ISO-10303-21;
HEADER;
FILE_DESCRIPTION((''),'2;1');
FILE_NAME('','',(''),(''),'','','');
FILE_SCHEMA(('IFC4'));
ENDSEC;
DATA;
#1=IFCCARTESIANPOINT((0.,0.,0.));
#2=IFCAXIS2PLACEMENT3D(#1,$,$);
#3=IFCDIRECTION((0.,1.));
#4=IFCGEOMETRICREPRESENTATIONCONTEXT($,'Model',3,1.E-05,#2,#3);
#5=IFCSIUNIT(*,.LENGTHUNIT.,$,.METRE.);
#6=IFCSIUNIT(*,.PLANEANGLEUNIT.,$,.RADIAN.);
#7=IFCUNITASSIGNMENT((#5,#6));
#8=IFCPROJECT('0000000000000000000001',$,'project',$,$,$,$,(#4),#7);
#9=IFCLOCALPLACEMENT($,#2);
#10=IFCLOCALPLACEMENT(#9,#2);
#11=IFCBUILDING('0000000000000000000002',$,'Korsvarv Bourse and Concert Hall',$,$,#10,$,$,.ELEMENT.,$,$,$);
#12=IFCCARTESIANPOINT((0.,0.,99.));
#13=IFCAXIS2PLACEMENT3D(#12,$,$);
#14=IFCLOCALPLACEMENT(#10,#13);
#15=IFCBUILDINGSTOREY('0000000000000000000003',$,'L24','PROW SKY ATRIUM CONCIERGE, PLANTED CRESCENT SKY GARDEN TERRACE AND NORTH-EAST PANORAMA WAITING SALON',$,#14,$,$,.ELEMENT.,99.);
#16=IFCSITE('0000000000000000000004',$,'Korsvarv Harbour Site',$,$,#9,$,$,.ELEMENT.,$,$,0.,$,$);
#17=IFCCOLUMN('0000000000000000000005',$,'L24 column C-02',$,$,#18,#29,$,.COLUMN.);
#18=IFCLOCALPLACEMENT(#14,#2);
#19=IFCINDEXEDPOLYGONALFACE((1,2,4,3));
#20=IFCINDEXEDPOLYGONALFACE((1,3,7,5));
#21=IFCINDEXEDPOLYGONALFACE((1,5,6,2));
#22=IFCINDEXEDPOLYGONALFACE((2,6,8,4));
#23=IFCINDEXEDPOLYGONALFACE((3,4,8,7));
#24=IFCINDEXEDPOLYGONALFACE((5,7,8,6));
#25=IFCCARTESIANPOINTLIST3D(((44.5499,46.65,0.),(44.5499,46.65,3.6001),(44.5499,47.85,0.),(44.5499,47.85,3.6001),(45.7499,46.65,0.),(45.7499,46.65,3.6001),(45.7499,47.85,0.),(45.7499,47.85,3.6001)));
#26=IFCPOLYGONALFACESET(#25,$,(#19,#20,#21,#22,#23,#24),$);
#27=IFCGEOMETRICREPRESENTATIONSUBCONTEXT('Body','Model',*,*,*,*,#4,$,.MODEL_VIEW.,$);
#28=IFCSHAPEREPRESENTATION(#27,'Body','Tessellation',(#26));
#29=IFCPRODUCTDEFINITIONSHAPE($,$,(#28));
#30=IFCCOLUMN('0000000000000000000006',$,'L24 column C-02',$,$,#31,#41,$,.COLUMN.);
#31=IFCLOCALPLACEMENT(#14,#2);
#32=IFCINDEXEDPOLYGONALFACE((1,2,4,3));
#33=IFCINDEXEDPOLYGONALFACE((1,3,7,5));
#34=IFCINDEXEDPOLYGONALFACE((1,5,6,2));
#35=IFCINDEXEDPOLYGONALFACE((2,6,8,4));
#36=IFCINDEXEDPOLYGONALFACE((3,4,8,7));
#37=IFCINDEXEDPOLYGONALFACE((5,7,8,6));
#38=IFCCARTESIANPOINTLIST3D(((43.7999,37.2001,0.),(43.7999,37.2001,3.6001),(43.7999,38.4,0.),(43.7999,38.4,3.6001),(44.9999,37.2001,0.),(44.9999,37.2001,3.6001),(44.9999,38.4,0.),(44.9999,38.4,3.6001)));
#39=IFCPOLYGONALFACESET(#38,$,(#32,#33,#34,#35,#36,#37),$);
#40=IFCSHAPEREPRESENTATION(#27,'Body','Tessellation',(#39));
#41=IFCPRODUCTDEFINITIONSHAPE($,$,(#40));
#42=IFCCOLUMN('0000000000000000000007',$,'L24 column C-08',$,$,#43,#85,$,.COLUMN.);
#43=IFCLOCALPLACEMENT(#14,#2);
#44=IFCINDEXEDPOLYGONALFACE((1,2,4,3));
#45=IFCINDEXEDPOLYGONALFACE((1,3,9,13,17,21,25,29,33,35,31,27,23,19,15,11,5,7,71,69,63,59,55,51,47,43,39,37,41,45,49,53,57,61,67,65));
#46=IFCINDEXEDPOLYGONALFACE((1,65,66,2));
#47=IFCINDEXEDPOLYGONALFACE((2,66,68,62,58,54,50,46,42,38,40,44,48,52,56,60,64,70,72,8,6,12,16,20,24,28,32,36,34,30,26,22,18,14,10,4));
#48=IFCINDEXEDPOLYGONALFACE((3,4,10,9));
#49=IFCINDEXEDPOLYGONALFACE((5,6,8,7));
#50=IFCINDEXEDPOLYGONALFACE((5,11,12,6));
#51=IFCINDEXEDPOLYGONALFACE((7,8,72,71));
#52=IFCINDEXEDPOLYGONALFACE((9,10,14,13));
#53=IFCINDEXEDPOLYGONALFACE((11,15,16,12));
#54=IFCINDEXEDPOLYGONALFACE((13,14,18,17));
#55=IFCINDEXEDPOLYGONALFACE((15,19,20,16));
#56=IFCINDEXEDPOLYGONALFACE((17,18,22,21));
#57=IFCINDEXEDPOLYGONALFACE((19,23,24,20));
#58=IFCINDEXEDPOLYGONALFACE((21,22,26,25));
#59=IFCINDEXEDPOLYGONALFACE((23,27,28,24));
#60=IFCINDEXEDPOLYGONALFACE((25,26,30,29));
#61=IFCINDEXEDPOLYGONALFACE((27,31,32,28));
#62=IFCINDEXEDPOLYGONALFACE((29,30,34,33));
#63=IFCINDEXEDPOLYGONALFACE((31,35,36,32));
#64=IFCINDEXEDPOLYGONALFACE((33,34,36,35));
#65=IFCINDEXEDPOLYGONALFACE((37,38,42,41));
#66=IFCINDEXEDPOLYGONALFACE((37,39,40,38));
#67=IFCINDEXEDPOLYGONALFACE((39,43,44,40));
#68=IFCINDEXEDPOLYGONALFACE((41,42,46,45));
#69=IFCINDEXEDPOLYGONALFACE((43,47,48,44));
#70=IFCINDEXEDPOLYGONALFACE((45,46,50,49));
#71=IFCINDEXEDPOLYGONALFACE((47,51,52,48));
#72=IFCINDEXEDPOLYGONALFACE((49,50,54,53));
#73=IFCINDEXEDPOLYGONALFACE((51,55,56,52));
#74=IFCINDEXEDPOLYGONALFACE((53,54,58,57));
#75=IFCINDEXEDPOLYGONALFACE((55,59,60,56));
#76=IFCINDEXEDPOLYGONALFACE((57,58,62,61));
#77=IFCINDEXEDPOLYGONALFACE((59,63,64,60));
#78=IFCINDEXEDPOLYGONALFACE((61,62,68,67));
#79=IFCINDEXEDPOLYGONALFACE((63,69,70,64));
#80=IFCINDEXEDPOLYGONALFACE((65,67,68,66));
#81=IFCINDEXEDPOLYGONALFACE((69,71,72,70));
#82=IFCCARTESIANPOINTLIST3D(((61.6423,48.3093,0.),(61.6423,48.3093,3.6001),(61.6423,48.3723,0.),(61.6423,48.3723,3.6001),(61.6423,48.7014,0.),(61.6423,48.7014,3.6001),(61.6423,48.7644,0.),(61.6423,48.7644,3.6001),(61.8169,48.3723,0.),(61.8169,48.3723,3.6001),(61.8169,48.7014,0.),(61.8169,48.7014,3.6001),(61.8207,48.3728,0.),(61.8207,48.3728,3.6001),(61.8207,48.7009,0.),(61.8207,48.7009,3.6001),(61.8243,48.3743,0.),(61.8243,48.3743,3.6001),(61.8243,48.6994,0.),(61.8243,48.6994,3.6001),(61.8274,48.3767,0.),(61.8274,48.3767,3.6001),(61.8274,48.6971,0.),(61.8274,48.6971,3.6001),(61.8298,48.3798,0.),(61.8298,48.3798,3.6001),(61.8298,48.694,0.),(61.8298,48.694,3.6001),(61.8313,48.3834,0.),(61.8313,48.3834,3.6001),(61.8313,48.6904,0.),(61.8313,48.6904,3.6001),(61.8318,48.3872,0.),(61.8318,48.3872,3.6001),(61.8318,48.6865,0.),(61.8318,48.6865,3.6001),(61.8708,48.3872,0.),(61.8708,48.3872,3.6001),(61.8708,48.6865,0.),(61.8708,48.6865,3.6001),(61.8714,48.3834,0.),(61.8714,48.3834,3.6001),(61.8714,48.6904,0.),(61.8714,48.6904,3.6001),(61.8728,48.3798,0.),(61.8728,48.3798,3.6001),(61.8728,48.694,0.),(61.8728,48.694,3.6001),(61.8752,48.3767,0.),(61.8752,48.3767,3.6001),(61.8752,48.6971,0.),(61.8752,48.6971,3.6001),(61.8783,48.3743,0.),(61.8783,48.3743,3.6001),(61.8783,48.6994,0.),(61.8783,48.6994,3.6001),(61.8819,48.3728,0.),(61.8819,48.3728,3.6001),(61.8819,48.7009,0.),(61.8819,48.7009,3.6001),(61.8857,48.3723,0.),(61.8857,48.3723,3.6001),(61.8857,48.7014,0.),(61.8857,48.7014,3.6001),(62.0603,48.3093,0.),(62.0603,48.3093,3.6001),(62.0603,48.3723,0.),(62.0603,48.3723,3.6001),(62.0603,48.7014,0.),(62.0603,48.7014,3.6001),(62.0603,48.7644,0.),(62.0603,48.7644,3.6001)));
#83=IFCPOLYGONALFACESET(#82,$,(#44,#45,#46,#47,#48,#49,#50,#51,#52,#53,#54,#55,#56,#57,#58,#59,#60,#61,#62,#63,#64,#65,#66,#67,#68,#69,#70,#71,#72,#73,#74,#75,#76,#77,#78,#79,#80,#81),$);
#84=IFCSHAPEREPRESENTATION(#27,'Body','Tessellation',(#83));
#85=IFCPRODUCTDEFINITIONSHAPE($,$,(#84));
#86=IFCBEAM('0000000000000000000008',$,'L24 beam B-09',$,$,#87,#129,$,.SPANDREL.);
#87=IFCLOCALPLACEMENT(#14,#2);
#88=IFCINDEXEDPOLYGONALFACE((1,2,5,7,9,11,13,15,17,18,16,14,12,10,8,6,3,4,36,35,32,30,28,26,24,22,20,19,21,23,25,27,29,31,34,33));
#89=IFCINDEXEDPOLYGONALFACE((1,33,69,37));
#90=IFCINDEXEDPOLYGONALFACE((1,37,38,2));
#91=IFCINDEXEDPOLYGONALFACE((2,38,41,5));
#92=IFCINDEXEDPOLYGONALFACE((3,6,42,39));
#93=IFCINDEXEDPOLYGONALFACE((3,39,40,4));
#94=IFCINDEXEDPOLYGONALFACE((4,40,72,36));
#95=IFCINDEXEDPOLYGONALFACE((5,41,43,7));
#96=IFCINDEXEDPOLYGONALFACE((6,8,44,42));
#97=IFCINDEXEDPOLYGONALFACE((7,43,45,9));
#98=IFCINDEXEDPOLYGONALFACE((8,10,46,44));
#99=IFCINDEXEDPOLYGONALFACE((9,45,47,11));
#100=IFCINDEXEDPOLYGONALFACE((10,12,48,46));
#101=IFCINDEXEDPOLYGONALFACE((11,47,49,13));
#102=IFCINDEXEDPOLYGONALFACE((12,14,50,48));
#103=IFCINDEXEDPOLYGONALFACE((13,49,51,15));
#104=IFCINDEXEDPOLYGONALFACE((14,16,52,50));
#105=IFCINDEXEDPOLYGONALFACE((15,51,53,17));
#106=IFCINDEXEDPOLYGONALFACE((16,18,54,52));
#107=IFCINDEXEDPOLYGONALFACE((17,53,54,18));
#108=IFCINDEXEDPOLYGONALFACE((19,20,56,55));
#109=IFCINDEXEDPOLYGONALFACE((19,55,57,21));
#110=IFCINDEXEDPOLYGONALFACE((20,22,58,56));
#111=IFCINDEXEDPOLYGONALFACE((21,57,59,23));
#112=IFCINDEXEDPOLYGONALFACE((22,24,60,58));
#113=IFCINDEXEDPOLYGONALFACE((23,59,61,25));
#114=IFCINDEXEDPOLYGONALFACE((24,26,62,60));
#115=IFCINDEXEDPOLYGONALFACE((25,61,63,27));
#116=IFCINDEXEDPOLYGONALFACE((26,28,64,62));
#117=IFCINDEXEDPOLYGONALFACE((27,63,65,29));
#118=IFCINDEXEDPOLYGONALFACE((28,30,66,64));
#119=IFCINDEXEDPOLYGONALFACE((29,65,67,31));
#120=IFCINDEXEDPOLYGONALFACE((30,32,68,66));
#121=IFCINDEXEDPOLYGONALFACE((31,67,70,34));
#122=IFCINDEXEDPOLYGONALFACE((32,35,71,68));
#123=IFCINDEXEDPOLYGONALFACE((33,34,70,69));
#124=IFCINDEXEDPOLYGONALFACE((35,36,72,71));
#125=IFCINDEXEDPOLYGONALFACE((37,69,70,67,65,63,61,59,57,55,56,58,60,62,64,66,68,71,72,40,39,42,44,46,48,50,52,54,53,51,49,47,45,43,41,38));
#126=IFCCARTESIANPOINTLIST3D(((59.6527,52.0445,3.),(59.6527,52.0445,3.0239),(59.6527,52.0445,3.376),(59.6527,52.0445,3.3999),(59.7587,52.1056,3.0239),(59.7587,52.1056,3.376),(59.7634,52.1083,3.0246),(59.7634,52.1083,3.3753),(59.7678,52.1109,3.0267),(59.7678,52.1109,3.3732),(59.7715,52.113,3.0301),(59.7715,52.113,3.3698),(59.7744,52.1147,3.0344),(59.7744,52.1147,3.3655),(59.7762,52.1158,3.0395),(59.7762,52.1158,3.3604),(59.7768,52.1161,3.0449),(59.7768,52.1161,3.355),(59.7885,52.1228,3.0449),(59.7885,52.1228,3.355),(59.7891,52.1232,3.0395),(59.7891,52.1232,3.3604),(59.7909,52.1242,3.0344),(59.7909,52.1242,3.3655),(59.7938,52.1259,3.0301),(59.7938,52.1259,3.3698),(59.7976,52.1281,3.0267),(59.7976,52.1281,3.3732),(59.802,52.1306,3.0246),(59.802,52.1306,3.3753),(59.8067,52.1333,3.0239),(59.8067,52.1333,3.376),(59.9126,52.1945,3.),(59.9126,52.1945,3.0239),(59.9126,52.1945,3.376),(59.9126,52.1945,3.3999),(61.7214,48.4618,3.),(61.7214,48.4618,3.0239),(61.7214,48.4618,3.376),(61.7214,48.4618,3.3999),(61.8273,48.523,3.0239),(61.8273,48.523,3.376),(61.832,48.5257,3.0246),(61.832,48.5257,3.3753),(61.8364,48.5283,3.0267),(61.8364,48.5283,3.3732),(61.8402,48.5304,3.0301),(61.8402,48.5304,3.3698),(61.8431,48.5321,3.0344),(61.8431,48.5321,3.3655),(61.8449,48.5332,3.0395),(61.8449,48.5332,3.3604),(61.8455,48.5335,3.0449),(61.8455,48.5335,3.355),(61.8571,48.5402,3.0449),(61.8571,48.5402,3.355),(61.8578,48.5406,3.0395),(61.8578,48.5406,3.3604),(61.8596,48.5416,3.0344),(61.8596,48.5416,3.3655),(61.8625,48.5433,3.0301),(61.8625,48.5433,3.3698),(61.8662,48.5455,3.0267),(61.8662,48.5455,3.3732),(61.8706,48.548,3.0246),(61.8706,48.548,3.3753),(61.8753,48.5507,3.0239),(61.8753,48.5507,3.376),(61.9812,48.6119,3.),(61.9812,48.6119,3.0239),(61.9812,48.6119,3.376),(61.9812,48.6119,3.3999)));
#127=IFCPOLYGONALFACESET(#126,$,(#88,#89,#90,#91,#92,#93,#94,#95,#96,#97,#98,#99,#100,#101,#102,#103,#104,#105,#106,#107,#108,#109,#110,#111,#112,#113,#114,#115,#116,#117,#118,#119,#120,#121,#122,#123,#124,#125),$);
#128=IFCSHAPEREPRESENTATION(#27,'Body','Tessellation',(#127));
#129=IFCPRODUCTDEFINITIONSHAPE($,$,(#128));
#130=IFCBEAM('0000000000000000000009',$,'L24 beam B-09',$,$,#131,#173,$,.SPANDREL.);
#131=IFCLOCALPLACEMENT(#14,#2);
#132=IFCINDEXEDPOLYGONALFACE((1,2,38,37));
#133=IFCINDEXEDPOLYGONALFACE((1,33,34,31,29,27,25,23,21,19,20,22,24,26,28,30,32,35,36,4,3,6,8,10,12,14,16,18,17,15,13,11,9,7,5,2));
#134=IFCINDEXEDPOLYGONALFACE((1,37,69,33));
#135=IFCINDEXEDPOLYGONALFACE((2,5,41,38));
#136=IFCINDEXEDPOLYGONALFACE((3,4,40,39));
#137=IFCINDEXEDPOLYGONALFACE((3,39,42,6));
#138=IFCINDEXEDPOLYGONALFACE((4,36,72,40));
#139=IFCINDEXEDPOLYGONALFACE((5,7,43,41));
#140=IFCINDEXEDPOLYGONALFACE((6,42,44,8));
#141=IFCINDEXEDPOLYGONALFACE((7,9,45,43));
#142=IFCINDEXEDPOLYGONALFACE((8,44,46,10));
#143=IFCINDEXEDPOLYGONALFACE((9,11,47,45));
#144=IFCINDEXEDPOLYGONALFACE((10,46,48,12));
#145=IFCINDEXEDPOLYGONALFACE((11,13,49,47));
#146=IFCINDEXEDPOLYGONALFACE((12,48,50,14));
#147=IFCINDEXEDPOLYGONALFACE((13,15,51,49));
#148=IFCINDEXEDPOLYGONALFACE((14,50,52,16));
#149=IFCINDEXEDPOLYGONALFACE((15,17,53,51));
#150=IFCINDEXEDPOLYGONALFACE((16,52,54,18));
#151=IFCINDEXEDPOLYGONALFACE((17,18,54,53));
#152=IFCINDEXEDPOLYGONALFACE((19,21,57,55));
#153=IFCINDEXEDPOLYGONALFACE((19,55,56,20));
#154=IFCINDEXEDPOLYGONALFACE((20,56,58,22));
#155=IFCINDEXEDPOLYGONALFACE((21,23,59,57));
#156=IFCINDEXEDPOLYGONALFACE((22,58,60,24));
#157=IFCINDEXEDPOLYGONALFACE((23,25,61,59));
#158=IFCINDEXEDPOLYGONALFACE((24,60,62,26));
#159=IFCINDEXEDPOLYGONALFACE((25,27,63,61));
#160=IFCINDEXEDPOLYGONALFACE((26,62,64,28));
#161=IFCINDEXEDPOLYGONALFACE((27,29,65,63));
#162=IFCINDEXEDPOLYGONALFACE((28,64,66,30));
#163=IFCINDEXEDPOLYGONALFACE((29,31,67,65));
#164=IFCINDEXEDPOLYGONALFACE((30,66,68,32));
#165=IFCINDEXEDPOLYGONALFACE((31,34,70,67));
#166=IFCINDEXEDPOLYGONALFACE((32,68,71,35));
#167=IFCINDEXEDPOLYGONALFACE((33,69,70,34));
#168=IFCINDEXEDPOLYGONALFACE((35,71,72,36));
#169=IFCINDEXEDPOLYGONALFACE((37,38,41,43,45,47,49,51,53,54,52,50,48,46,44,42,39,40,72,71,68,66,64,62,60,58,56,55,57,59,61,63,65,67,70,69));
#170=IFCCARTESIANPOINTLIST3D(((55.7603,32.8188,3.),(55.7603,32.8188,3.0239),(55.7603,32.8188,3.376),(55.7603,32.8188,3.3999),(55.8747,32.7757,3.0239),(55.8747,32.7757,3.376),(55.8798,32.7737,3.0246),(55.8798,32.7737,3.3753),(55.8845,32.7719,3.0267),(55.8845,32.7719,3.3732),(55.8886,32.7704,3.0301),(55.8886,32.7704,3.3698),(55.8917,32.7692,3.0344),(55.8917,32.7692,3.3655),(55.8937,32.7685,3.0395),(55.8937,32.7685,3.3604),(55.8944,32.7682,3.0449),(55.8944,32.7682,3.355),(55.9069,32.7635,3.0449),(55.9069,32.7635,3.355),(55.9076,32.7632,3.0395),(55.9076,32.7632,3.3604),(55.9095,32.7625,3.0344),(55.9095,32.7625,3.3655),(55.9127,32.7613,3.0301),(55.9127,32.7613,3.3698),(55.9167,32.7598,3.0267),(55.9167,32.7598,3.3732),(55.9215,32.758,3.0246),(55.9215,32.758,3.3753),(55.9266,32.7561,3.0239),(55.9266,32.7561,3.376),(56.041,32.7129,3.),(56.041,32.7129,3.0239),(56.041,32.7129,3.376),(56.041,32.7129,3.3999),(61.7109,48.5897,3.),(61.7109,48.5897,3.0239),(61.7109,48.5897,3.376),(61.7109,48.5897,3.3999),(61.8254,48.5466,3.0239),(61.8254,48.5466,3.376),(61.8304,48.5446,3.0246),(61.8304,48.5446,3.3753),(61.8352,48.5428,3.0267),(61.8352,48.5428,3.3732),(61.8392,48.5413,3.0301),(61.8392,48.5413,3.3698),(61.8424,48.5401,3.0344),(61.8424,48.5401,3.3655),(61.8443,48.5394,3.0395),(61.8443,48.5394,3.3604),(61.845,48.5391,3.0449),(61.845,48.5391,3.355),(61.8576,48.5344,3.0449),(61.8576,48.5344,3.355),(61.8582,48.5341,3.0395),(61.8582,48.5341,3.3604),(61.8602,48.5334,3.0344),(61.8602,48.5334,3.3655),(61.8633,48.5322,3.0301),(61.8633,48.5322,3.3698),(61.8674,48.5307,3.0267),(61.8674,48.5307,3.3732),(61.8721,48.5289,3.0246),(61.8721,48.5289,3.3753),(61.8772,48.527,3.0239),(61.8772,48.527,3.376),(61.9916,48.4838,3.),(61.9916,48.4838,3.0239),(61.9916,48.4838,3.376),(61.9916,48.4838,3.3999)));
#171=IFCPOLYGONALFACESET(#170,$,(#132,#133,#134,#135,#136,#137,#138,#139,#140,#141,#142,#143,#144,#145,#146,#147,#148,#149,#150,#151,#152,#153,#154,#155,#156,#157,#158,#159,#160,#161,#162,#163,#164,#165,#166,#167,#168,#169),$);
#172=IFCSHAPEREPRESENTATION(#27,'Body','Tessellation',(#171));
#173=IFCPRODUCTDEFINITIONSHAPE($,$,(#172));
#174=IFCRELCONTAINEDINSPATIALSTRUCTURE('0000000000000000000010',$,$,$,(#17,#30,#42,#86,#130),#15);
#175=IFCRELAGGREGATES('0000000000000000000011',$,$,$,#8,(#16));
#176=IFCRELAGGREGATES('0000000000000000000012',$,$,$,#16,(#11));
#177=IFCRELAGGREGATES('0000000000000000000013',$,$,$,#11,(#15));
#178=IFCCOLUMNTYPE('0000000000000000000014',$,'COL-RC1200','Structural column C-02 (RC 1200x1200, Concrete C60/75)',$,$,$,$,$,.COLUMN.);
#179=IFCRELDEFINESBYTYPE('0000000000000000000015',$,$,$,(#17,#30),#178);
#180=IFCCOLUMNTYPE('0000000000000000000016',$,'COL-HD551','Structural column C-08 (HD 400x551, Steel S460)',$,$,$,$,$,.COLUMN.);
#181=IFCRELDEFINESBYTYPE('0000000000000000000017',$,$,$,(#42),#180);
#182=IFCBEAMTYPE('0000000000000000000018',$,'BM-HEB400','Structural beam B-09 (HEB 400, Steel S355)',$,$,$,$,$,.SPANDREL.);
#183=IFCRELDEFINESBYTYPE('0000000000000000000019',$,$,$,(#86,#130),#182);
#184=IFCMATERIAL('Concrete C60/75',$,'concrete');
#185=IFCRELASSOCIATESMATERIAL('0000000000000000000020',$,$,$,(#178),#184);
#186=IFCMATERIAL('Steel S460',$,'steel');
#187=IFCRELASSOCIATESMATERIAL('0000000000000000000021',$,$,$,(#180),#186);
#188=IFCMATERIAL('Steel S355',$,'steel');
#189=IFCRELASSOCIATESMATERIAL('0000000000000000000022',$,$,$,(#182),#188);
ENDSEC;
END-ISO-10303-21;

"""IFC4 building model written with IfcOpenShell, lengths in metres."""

from ifc_helpers import new_model, si_unit, direction, frame, origin, origin_2d, place, context, subcontext, project, spatial, rectangle, i_section, extrude, source, transform, mapped, material, material_profile, profile_set, type_object, element, save


model = new_model("IFC4")

# Units and contexts
model_context = context("Model", 3, precision=1e-05, world=origin(), true_north=direction((0.0, 1.0)))
body_context = subcontext(model_context, "Body", "Model", "MODEL_VIEW")
ifc_project = project(units=[si_unit("LENGTHUNIT", "METRE"), si_unit("PLANEANGLEUNIT", "RADIAN")], contexts=[model_context])

# Site, building, storey
site_placement = place(None, origin())
site = spatial("IfcSite", under=ifc_project, at=site_placement, Name="Korsvarv Harbour Site", CompositionType="ELEMENT", RefElevation=0.0)
building_placement = place(site_placement, origin())
building = spatial("IfcBuilding", under=site, at=building_placement, Name="Korsvarv Bourse and Concert Hall", CompositionType="ELEMENT")
storey_placement = place(building_placement, frame((0.0, 0.0, 99.0)))
storey = spatial("IfcBuildingStorey", under=building, at=storey_placement, Name="L24", Description="PROW SKY ATRIUM CONCIERGE, PLANTED CRESCENT SKY GARDEN TERRACE AND NORTH-EAST PANORAMA WAITING SALON", CompositionType="ELEMENT", Elevation=99.0)

# Columns
ifc_material_1 = material(Name="Concrete C60/75", Category="concrete")
ifc_material_profile_1 = material_profile(ifc_material_1, rectangle(XDim=1.2, YDim=1.2, at=origin_2d()), Name="RC 1200x1200")
ifc_profile_set_1 = profile_set([ifc_material_profile_1], Name="Concrete C60/75")
column_type_1 = type_object("IfcColumnType", Name="COL-RC1200", Description="Structural column C-02 (RC 1200x1200, Concrete C60/75)", PredefinedType="COLUMN", material=ifc_profile_set_1)
shared_shape_1 = source(origin(), body_context, "Body", "SweptSolid", [
    extrude(rectangle(XDim=1.2, YDim=1.2, at=origin_2d()), origin(), (0.0, 0.0, 1.0), 3.6001),
])
for number, where, z_axis, x_axis, name in (
    (1, (45.1499, 47.25, 0.0), (0.0, 0.0, 1.0), (1.0, 0.0, 0.0), "L24 column C-02"),
    (2, (44.3999, 37.8, 0.0), (0.0, 0.0, 1.0), (1.0, 0.0, 0.0), "L24 column C-02"),
):
    element("IfcColumn", number, at=place(storey_placement, frame(where, z_axis=z_axis, x_axis=x_axis)), inside=storey, type_object=column_type_1, Name=name, PredefinedType="COLUMN", context=body_context, shape_type="MappedRepresentation", body=[
        mapped(shared_shape_1, transform((0.0, 0.0, 0.0), scale=1.0)),
    ])
ifc_material_2 = material(Name="Steel S460", Category="steel")
ifc_material_profile_2 = material_profile(ifc_material_2, i_section(OverallWidth=0.418, OverallDepth=0.4551, WebThickness=0.0391, FlangeThickness=0.063, FilletRadius=0.0149, at=origin_2d()), Name="HD 400x551")
ifc_profile_set_2 = profile_set([ifc_material_profile_2], Name="Steel S460")
column_type_2 = type_object("IfcColumnType", Name="COL-HD551", Description="Structural column C-08 (HD 400x551, Steel S460)", PredefinedType="COLUMN", material=ifc_profile_set_2)
shared_shape_2 = source(origin(), body_context, "Body", "SweptSolid", [
    extrude(i_section(OverallWidth=0.418, OverallDepth=0.4551, WebThickness=0.0391, FlangeThickness=0.063, FilletRadius=0.0149, at=origin_2d()), origin(), (0.0, 0.0, 1.0), 3.6001),
])
column_placement = place(storey_placement, frame((61.8513, 48.5369, 0.0), z_axis=(0.0, 0.0, 1.0), x_axis=(1.0, 0.0, 0.0)))
element("IfcColumn", 3, at=column_placement, inside=storey, type_object=column_type_2, Name="L24 column C-08", PredefinedType="COLUMN", context=body_context, shape_type="MappedRepresentation", body=[
    mapped(shared_shape_2, transform((0.0, 0.0, 0.0), scale=1.0)),
])

# Beams
ifc_material_3 = material(Name="Steel S355", Category="steel")
ifc_material_profile_3 = material_profile(ifc_material_3, i_section(OverallWidth=0.3, OverallDepth=0.3999, WebThickness=0.0134, FlangeThickness=0.0239, FilletRadius=0.021, at=origin_2d()), Name="HEB 400")
ifc_profile_set_3 = profile_set([ifc_material_profile_3], Name="Steel S355")
beam_type_1 = type_object("IfcBeamType", Name="BM-HEB400", Description="Structural beam B-09 (HEB 400, Steel S355)", PredefinedType="SPANDREL", material=ifc_profile_set_3)
shared_shape_3 = source(origin(), body_context, "Body", "SweptSolid", [
    extrude(i_section(OverallWidth=0.3, OverallDepth=0.3999, WebThickness=0.0134, FlangeThickness=0.0239, FilletRadius=0.021, at=origin_2d()), origin(), (0.0, 0.0, 1.0), 4.137),
])
beam_1_placement = place(storey_placement, frame((61.8513, 48.5369, 3.2), z_axis=(-0.500043, 0.866001, 0.0), x_axis=(-0.866001, -0.500043, 0.0)))
element("IfcBeam", 4, at=beam_1_placement, inside=storey, type_object=beam_type_1, Name="L24 beam B-09", PredefinedType="SPANDREL", context=body_context, shape_type="MappedRepresentation", body=[
    mapped(shared_shape_3, transform((0.0, 0.0, 0.0), scale=1.0)),
])
shared_shape_4 = source(origin(), body_context, "Body", "SweptSolid", [
    extrude(i_section(OverallWidth=0.3, OverallDepth=0.3999, WebThickness=0.0134, FlangeThickness=0.0239, FilletRadius=0.021, at=origin_2d()), origin(), (0.0, 0.0, 1.0), 16.8562),
])
beam_2_placement = place(storey_placement, frame((55.9006, 32.7659, 3.2), z_axis=(0.353024, 0.935614, 0.0), x_axis=(-0.935614, 0.353024, 0.0)))
element("IfcBeam", 5, at=beam_2_placement, inside=storey, type_object=beam_type_1, Name="L24 beam B-09", PredefinedType="SPANDREL", context=body_context, shape_type="MappedRepresentation", body=[
    mapped(shared_shape_4, transform((0.0, 0.0, 0.0), scale=1.0)),
])

save(model, "model.ifc")
